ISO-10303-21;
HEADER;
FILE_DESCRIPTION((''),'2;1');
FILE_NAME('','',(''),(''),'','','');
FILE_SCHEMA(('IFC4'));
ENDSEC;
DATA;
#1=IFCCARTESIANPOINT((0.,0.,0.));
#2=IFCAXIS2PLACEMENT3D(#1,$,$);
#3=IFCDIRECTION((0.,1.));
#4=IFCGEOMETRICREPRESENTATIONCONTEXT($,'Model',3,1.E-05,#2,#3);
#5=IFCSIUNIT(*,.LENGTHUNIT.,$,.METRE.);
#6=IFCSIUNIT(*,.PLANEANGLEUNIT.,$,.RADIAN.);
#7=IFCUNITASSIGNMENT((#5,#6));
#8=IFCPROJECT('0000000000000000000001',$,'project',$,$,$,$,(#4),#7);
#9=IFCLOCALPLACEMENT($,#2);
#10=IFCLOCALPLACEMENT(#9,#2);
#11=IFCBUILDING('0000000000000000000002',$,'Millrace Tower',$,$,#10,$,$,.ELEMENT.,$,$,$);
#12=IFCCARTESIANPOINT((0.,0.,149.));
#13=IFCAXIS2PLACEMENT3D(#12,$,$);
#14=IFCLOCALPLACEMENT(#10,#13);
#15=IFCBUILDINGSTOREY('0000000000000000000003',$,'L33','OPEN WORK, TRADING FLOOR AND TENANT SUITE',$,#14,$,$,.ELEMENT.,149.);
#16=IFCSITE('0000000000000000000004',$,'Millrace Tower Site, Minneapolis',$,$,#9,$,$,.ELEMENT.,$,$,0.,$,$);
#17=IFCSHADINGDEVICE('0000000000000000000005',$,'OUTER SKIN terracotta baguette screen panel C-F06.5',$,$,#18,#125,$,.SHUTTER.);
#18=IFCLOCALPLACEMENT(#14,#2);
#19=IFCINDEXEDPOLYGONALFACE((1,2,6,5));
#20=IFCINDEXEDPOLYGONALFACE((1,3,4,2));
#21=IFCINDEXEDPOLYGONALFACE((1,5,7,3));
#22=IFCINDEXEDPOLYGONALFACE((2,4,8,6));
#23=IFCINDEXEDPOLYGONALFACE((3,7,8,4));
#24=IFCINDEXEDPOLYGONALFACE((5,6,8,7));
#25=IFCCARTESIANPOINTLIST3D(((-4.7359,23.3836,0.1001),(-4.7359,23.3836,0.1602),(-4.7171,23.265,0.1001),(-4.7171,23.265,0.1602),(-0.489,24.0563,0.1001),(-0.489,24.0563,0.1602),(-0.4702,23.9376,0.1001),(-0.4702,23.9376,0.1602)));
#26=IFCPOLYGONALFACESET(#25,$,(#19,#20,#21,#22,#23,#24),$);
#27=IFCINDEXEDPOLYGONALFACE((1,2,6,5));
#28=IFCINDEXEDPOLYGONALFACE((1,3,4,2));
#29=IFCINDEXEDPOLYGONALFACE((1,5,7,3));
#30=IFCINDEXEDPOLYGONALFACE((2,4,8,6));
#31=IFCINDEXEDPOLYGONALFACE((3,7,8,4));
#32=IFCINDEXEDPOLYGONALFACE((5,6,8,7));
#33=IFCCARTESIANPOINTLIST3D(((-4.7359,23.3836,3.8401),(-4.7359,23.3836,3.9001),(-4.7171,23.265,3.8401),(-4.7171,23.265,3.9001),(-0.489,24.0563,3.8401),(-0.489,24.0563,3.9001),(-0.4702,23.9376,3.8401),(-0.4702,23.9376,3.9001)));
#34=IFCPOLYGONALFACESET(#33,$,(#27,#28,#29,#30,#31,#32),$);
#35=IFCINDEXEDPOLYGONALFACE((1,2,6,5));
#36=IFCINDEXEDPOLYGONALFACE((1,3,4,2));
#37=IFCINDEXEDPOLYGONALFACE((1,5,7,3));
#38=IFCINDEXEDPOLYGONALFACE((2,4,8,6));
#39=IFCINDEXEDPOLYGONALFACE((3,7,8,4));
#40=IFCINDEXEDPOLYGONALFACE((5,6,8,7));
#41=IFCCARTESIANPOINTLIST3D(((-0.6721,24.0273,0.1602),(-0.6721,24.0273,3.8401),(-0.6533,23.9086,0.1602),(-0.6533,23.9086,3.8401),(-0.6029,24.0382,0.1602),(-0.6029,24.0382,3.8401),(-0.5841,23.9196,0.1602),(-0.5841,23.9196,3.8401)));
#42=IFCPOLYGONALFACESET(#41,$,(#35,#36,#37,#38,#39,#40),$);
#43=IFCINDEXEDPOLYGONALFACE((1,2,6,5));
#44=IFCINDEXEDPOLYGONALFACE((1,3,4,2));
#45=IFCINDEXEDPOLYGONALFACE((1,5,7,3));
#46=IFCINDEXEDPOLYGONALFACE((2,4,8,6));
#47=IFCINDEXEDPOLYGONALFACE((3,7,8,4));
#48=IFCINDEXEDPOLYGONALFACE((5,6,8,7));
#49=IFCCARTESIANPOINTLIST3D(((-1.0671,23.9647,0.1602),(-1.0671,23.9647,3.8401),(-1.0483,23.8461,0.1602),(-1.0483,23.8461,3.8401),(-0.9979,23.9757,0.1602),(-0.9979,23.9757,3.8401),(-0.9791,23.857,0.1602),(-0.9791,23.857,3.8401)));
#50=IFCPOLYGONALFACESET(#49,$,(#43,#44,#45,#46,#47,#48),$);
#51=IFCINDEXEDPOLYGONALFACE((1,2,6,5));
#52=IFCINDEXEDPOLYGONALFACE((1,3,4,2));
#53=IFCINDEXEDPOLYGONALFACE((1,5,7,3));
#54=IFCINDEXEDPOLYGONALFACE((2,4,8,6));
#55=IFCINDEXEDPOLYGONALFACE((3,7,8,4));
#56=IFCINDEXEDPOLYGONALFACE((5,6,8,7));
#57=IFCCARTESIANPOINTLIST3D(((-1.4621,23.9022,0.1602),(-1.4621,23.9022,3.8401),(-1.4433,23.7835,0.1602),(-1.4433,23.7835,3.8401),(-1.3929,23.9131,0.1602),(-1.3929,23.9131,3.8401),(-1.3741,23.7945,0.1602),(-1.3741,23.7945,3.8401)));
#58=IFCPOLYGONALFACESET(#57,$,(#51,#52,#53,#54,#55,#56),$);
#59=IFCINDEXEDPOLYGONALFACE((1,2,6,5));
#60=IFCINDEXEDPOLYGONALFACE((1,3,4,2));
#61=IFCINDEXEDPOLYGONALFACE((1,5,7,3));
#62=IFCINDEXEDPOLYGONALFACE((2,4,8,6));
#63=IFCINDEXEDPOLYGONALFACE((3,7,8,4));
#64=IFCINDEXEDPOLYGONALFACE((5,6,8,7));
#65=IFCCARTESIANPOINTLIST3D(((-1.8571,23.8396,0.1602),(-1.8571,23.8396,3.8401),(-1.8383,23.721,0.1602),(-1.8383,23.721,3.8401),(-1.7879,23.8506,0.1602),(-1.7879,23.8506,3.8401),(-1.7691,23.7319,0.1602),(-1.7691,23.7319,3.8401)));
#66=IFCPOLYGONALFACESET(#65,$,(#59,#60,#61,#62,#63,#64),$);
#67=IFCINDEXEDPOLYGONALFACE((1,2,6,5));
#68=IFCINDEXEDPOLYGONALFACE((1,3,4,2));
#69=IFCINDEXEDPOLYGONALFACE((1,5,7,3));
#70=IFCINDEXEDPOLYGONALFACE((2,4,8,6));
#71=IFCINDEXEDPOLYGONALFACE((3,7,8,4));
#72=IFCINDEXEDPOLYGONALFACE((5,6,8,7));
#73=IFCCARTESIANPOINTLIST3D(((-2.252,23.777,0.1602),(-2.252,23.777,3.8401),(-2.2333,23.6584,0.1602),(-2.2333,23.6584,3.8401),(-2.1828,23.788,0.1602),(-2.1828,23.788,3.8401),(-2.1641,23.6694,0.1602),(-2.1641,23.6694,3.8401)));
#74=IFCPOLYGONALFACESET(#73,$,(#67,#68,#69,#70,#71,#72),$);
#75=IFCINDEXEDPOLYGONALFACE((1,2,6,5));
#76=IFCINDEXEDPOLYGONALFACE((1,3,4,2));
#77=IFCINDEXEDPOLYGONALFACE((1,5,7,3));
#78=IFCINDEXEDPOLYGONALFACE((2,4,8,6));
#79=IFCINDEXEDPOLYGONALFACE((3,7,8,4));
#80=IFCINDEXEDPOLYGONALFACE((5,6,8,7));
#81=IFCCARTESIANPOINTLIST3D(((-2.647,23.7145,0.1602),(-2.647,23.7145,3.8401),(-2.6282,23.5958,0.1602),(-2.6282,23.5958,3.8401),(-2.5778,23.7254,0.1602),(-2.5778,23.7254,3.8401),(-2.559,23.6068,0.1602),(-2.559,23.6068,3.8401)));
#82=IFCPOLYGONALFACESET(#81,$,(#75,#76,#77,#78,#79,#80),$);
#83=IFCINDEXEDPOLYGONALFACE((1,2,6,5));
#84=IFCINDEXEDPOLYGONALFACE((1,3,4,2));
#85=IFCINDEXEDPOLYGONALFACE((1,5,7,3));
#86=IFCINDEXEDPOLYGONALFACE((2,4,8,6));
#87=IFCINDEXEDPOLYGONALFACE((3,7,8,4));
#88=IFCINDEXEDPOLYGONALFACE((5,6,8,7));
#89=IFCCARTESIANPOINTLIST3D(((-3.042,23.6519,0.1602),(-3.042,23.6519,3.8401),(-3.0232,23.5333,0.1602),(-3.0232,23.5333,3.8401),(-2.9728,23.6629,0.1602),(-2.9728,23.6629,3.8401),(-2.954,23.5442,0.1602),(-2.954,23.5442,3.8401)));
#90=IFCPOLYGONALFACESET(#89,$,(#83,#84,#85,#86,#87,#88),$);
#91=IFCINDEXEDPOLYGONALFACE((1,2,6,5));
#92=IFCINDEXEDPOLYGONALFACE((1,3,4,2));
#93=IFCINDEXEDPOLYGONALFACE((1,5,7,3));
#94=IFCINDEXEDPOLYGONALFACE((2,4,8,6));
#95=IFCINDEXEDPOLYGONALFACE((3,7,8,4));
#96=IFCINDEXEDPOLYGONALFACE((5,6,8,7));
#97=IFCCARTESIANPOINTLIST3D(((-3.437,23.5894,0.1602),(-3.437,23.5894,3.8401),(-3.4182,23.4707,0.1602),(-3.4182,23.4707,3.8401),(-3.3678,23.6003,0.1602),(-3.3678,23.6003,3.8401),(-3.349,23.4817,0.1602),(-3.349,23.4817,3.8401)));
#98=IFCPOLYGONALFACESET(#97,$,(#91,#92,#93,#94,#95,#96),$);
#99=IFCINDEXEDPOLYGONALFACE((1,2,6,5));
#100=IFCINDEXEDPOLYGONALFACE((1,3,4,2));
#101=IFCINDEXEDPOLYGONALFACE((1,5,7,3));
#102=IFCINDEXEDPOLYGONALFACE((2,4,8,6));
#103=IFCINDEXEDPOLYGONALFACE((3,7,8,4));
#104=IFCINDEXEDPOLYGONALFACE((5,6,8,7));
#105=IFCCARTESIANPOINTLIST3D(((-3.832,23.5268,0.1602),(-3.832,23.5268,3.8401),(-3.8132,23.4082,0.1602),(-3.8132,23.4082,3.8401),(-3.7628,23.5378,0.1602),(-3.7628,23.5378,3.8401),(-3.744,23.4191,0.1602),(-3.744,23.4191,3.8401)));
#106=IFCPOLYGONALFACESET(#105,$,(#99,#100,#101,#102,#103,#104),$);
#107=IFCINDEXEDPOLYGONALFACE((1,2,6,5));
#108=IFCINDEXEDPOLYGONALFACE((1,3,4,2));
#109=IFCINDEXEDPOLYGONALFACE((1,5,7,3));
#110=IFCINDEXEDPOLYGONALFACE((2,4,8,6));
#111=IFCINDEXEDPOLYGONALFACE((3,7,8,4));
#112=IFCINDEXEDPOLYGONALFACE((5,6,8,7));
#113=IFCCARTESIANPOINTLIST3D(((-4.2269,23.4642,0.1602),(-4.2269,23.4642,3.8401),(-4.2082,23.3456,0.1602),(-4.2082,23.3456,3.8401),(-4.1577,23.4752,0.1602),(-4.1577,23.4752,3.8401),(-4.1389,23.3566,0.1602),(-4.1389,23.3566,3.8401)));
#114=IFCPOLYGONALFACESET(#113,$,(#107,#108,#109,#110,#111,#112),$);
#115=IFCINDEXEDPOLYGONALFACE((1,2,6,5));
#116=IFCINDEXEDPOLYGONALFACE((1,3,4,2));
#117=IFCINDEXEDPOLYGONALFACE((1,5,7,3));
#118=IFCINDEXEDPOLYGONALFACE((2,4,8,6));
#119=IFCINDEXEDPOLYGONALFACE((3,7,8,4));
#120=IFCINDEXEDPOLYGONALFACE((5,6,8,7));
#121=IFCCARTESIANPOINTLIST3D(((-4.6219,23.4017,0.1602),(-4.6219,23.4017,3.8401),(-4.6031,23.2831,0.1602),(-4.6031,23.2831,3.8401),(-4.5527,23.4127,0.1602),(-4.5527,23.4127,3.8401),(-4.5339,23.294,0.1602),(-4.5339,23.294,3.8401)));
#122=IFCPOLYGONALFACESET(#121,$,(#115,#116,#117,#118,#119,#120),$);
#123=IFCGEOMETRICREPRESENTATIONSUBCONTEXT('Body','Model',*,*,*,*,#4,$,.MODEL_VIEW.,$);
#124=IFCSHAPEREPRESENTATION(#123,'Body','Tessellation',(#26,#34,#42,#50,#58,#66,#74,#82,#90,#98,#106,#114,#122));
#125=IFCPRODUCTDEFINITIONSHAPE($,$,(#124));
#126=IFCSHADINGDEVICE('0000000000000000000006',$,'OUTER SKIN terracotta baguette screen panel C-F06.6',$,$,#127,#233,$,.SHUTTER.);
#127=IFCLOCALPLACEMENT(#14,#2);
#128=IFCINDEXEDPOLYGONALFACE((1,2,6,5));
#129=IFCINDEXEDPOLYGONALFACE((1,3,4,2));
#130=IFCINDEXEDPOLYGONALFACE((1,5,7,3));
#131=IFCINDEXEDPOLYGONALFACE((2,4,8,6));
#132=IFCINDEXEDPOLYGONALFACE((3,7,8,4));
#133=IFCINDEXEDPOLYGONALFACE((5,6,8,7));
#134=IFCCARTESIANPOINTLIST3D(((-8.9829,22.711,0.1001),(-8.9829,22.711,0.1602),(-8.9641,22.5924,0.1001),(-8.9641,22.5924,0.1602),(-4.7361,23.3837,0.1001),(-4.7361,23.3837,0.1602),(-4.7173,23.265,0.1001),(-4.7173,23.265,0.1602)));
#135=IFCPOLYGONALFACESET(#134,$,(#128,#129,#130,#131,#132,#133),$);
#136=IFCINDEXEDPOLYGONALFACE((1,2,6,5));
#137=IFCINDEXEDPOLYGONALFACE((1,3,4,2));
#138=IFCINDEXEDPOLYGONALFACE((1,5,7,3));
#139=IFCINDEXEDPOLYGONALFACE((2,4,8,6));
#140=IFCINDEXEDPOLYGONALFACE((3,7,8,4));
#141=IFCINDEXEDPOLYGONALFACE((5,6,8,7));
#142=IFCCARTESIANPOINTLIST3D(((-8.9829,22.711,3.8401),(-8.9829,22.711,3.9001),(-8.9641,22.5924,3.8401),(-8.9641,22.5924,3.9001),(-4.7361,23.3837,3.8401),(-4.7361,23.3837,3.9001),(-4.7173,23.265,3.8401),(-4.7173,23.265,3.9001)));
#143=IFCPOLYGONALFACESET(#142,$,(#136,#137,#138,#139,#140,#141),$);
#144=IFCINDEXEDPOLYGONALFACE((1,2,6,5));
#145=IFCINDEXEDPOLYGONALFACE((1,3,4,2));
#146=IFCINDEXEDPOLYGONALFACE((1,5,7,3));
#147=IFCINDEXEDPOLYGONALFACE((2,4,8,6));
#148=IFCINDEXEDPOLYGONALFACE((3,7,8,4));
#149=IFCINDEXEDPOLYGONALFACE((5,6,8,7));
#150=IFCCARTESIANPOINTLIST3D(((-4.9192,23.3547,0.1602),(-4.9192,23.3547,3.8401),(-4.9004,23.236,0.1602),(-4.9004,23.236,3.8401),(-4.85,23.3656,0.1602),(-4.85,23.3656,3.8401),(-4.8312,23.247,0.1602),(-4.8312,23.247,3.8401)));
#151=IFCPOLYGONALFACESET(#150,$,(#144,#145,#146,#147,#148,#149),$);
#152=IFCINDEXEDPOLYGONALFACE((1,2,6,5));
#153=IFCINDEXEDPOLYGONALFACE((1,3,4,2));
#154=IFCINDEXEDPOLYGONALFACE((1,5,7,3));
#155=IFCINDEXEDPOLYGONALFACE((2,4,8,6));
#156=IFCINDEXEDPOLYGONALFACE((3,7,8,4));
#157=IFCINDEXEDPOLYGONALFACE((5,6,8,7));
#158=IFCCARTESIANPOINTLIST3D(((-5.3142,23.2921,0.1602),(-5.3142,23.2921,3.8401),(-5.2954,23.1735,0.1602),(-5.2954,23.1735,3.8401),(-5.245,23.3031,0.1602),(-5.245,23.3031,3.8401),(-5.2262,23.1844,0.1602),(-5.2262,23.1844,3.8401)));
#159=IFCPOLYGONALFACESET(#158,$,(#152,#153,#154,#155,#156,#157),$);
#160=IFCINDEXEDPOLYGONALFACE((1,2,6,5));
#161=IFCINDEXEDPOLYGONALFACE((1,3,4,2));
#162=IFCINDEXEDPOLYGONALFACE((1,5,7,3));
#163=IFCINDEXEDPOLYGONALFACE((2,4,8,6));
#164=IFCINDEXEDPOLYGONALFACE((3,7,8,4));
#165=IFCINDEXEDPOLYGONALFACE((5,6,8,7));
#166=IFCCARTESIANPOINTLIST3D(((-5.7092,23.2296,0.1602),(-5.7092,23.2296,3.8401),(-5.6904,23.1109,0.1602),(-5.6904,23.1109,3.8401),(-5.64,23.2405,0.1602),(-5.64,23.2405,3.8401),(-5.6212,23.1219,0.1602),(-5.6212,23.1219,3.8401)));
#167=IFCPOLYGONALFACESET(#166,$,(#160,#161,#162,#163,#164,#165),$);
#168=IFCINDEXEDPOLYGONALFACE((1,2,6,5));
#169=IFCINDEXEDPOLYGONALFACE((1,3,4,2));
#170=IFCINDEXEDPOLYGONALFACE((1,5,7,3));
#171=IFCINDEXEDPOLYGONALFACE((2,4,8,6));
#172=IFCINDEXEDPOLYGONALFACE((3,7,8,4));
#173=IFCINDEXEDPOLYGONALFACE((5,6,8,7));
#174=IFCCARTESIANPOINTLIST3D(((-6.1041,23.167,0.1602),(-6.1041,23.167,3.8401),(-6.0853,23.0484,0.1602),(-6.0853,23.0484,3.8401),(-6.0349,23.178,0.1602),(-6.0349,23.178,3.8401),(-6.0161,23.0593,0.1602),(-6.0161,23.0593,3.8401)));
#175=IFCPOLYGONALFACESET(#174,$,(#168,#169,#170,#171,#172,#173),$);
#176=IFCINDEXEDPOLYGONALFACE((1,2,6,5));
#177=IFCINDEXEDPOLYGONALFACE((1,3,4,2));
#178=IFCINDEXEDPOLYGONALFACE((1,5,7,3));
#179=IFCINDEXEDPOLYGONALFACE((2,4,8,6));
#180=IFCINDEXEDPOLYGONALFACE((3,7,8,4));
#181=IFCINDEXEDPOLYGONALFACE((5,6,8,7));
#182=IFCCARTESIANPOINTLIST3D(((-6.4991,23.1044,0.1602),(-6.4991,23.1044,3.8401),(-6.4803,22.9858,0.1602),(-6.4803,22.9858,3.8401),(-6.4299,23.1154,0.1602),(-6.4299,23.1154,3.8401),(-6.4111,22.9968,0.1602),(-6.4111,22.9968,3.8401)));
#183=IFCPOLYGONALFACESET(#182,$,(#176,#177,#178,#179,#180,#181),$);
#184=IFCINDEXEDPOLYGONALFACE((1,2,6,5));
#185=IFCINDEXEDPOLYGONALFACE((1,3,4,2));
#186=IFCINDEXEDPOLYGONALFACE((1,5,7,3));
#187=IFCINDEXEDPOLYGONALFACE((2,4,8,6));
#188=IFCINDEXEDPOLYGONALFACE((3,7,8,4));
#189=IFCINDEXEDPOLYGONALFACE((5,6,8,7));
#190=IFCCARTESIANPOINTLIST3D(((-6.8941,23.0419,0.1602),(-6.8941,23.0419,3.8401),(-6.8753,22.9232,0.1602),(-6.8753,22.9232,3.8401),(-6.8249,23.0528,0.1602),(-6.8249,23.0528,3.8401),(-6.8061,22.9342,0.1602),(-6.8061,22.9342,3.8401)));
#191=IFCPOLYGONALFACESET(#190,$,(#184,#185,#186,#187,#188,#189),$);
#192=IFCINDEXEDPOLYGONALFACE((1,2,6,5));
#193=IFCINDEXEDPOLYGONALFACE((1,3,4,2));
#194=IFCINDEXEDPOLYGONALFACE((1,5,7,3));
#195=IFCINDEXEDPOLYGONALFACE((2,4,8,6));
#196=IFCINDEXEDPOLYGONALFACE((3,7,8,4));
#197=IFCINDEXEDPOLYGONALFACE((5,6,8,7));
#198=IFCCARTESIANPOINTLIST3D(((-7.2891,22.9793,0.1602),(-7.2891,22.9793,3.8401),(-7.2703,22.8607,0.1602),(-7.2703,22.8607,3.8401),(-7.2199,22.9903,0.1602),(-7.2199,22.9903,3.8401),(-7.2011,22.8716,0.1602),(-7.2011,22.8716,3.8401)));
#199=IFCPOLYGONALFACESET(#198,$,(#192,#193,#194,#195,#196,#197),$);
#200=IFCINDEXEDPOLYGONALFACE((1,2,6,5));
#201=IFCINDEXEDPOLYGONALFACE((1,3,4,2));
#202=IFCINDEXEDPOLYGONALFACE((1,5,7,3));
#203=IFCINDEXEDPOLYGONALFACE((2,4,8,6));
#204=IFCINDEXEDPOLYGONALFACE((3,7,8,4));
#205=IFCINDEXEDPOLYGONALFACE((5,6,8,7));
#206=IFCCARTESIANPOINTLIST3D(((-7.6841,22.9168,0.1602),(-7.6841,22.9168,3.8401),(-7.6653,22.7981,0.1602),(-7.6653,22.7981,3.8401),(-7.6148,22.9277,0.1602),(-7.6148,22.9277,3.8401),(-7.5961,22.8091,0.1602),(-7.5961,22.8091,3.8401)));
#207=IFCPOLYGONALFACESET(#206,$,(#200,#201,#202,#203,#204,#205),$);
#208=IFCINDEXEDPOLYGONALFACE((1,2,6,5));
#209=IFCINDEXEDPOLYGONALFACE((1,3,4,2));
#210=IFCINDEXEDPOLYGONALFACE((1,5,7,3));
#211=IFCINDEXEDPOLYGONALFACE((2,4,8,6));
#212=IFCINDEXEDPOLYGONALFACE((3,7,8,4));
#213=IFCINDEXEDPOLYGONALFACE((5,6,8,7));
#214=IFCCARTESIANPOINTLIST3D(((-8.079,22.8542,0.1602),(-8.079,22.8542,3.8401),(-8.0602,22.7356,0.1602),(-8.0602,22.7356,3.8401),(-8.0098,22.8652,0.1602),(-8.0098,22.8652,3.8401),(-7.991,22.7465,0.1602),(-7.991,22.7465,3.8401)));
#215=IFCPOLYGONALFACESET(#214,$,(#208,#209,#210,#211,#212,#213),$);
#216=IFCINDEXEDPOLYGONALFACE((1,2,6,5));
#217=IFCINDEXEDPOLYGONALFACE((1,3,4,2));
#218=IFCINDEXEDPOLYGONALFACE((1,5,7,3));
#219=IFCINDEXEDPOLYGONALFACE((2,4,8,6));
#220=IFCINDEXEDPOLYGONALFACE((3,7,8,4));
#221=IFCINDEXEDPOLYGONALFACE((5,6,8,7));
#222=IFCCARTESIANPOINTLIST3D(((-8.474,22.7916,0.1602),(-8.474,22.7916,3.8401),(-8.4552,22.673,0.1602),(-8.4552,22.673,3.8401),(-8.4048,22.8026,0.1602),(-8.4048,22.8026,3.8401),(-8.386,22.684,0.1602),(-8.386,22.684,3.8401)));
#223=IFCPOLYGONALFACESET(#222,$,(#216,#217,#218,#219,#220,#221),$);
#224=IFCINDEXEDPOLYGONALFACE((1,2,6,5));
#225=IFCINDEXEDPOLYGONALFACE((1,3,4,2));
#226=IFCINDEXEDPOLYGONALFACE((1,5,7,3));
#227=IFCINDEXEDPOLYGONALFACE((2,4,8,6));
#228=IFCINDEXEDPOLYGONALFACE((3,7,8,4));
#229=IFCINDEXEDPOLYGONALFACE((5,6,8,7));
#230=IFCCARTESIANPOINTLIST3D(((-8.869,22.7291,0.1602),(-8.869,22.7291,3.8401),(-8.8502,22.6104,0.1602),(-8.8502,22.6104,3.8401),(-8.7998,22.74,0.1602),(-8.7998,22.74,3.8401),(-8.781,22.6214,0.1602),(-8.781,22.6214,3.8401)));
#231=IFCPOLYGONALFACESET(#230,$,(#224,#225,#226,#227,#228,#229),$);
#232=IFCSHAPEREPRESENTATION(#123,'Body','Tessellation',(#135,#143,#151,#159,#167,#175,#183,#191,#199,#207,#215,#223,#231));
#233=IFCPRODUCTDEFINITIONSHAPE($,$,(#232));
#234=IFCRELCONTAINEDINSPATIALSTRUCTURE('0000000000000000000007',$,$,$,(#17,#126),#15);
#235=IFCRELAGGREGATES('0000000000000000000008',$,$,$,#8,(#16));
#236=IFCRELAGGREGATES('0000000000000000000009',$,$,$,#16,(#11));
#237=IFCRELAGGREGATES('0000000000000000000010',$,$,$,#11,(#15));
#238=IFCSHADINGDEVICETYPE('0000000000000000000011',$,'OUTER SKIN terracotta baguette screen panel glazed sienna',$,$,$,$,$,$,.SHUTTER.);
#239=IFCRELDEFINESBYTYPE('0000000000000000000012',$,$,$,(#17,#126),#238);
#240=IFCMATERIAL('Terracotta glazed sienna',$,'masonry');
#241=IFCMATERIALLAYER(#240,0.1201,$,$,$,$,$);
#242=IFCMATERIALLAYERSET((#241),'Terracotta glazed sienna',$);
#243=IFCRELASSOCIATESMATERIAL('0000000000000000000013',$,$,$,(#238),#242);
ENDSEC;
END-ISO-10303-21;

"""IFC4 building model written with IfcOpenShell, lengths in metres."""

from ifc_helpers import new_model, entity, si_unit, direction, frame, frame_2d, origin, origin_2d, place, context, subcontext, project, spatial, rectangle, extrude, source, transform, mapped, material, layer, layer_set, type_object, element, save


model = new_model("IFC4")

# Units and contexts
model_context = context("Model", 3, precision=1e-05, world=origin(), true_north=direction((0.0, 1.0)))
body_context = subcontext(model_context, "Body", "Model", "MODEL_VIEW")
ifc_project = project(units=[si_unit("LENGTHUNIT", "METRE"), si_unit("PLANEANGLEUNIT", "RADIAN")], contexts=[model_context])

# Site, building, storey
site_placement = place(None, origin())
site = spatial("IfcSite", under=ifc_project, at=site_placement, Name="Millrace Tower Site, Minneapolis", CompositionType="ELEMENT", RefElevation=0.0)
building_placement = place(site_placement, origin())
building = spatial("IfcBuilding", under=site, at=building_placement, Name="Millrace Tower", CompositionType="ELEMENT")
storey_placement = place(building_placement, frame((0.0, 0.0, 149.0)))
storey = spatial("IfcBuildingStorey", under=building, at=storey_placement, Name="L33", Description="OPEN WORK, TRADING FLOOR AND TENANT SUITE", CompositionType="ELEMENT", Elevation=149.0)

# Shading devices
ifc_material_1 = material(Name="Terracotta glazed sienna", Category="masonry")
ifc_layer_1 = layer(ifc_material_1, 0.1201)
ifc_layer_set_1 = layer_set([ifc_layer_1], Name="Terracotta glazed sienna")
shading_device_type = type_object("IfcShadingDeviceType", Name="OUTER SKIN terracotta baguette screen panel glazed sienna", PredefinedType="SHUTTER", material=ifc_layer_set_1)
cartesian_point = entity("IfcCartesianPoint", [-2.1499, 0.0601])
shared_polyline = entity("IfcPolyline", [cartesian_point, entity("IfcCartesianPoint", [2.1499, 0.0601]), entity("IfcCartesianPoint", [2.1499, -0.0601]), entity("IfcCartesianPoint", [-2.1499, -0.0601]), cartesian_point])
shared_shape = source(origin(), body_context, "Body", "SweptSolid", [
    entity("IfcExtrudedAreaSolid", entity("IfcArbitraryClosedProfileDef", "AREA", None, shared_polyline), entity("IfcAxis2Placement3D", entity("IfcCartesianPoint", [0.0, 0.0, 0.0])), entity("IfcDirection", [0.0, 0.0, 1.0]), 0.0601),
    entity("IfcExtrudedAreaSolid", entity("IfcArbitraryClosedProfileDef", "AREA", None, shared_polyline), entity("IfcAxis2Placement3D", entity("IfcCartesianPoint", [0.0, 0.0, 3.74])), entity("IfcDirection", [0.0, 0.0, 1.0]), 0.0601),
    extrude(rectangle(XDim=0.0701, YDim=0.1201, at=frame_2d((-1.9995, 0.0))), frame((0.0, 0.0, 0.0601)), (0.0, 0.0, 1.0), 3.6799),
    extrude(rectangle(XDim=0.0701, YDim=0.1201, at=frame_2d((-1.5996, 0.0))), frame((0.0, 0.0, 0.0601)), (0.0, 0.0, 1.0), 3.6799),
    extrude(rectangle(XDim=0.0701, YDim=0.1201, at=frame_2d((-1.1997, 0.0))), frame((0.0, 0.0, 0.0601)), (0.0, 0.0, 1.0), 3.6799),
    extrude(rectangle(XDim=0.0701, YDim=0.1201, at=frame_2d((-0.7998, 0.0))), frame((0.0, 0.0, 0.0601)), (0.0, 0.0, 1.0), 3.6799),
    extrude(rectangle(XDim=0.0701, YDim=0.1201, at=frame_2d((-0.3999, 0.0))), frame((0.0, 0.0, 0.0601)), (0.0, 0.0, 1.0), 3.6799),
    extrude(rectangle(XDim=0.0701, YDim=0.1201, at=origin_2d()), frame((0.0, 0.0, 0.0601)), (0.0, 0.0, 1.0), 3.6799),
    extrude(rectangle(XDim=0.0701, YDim=0.1201, at=frame_2d((0.3999, 0.0))), frame((0.0, 0.0, 0.0601)), (0.0, 0.0, 1.0), 3.6799),
    extrude(rectangle(XDim=0.0701, YDim=0.1201, at=frame_2d((0.7998, 0.0))), frame((0.0, 0.0, 0.0601)), (0.0, 0.0, 1.0), 3.6799),
    extrude(rectangle(XDim=0.0701, YDim=0.1201, at=frame_2d((1.1997, 0.0))), frame((0.0, 0.0, 0.0601)), (0.0, 0.0, 1.0), 3.6799),
    extrude(rectangle(XDim=0.0701, YDim=0.1201, at=frame_2d((1.5996, 0.0))), frame((0.0, 0.0, 0.0601)), (0.0, 0.0, 1.0), 3.6799),
    extrude(rectangle(XDim=0.0701, YDim=0.1201, at=frame_2d((1.9995, 0.0))), frame((0.0, 0.0, 0.0601)), (0.0, 0.0, 1.0), 3.6799),
])
for number, where, z_axis, x_axis, name in (
    (1, (-2.603, 23.6606, 0.1001), (0.0, 0.0, 1.0), (-0.987688, -0.156434, 0.0), "OUTER SKIN terracotta baguette screen panel C-F06.5"),
    (2, (-6.8501, 22.988, 0.1001), (0.0, 0.0, 1.0), (-0.987688, -0.156434, 0.0), "OUTER SKIN terracotta baguette screen panel C-F06.6"),
):
    element("IfcShadingDevice", number, at=place(storey_placement, frame(where, z_axis=z_axis, x_axis=x_axis)), inside=storey, type_object=shading_device_type, Name=name, PredefinedType="SHUTTER", context=body_context, shape_type="MappedRepresentation", body=[
        mapped(shared_shape, transform((0.0, 0.0, 0.0), scale=1.0)),
    ])

save(model, "model.ifc")
